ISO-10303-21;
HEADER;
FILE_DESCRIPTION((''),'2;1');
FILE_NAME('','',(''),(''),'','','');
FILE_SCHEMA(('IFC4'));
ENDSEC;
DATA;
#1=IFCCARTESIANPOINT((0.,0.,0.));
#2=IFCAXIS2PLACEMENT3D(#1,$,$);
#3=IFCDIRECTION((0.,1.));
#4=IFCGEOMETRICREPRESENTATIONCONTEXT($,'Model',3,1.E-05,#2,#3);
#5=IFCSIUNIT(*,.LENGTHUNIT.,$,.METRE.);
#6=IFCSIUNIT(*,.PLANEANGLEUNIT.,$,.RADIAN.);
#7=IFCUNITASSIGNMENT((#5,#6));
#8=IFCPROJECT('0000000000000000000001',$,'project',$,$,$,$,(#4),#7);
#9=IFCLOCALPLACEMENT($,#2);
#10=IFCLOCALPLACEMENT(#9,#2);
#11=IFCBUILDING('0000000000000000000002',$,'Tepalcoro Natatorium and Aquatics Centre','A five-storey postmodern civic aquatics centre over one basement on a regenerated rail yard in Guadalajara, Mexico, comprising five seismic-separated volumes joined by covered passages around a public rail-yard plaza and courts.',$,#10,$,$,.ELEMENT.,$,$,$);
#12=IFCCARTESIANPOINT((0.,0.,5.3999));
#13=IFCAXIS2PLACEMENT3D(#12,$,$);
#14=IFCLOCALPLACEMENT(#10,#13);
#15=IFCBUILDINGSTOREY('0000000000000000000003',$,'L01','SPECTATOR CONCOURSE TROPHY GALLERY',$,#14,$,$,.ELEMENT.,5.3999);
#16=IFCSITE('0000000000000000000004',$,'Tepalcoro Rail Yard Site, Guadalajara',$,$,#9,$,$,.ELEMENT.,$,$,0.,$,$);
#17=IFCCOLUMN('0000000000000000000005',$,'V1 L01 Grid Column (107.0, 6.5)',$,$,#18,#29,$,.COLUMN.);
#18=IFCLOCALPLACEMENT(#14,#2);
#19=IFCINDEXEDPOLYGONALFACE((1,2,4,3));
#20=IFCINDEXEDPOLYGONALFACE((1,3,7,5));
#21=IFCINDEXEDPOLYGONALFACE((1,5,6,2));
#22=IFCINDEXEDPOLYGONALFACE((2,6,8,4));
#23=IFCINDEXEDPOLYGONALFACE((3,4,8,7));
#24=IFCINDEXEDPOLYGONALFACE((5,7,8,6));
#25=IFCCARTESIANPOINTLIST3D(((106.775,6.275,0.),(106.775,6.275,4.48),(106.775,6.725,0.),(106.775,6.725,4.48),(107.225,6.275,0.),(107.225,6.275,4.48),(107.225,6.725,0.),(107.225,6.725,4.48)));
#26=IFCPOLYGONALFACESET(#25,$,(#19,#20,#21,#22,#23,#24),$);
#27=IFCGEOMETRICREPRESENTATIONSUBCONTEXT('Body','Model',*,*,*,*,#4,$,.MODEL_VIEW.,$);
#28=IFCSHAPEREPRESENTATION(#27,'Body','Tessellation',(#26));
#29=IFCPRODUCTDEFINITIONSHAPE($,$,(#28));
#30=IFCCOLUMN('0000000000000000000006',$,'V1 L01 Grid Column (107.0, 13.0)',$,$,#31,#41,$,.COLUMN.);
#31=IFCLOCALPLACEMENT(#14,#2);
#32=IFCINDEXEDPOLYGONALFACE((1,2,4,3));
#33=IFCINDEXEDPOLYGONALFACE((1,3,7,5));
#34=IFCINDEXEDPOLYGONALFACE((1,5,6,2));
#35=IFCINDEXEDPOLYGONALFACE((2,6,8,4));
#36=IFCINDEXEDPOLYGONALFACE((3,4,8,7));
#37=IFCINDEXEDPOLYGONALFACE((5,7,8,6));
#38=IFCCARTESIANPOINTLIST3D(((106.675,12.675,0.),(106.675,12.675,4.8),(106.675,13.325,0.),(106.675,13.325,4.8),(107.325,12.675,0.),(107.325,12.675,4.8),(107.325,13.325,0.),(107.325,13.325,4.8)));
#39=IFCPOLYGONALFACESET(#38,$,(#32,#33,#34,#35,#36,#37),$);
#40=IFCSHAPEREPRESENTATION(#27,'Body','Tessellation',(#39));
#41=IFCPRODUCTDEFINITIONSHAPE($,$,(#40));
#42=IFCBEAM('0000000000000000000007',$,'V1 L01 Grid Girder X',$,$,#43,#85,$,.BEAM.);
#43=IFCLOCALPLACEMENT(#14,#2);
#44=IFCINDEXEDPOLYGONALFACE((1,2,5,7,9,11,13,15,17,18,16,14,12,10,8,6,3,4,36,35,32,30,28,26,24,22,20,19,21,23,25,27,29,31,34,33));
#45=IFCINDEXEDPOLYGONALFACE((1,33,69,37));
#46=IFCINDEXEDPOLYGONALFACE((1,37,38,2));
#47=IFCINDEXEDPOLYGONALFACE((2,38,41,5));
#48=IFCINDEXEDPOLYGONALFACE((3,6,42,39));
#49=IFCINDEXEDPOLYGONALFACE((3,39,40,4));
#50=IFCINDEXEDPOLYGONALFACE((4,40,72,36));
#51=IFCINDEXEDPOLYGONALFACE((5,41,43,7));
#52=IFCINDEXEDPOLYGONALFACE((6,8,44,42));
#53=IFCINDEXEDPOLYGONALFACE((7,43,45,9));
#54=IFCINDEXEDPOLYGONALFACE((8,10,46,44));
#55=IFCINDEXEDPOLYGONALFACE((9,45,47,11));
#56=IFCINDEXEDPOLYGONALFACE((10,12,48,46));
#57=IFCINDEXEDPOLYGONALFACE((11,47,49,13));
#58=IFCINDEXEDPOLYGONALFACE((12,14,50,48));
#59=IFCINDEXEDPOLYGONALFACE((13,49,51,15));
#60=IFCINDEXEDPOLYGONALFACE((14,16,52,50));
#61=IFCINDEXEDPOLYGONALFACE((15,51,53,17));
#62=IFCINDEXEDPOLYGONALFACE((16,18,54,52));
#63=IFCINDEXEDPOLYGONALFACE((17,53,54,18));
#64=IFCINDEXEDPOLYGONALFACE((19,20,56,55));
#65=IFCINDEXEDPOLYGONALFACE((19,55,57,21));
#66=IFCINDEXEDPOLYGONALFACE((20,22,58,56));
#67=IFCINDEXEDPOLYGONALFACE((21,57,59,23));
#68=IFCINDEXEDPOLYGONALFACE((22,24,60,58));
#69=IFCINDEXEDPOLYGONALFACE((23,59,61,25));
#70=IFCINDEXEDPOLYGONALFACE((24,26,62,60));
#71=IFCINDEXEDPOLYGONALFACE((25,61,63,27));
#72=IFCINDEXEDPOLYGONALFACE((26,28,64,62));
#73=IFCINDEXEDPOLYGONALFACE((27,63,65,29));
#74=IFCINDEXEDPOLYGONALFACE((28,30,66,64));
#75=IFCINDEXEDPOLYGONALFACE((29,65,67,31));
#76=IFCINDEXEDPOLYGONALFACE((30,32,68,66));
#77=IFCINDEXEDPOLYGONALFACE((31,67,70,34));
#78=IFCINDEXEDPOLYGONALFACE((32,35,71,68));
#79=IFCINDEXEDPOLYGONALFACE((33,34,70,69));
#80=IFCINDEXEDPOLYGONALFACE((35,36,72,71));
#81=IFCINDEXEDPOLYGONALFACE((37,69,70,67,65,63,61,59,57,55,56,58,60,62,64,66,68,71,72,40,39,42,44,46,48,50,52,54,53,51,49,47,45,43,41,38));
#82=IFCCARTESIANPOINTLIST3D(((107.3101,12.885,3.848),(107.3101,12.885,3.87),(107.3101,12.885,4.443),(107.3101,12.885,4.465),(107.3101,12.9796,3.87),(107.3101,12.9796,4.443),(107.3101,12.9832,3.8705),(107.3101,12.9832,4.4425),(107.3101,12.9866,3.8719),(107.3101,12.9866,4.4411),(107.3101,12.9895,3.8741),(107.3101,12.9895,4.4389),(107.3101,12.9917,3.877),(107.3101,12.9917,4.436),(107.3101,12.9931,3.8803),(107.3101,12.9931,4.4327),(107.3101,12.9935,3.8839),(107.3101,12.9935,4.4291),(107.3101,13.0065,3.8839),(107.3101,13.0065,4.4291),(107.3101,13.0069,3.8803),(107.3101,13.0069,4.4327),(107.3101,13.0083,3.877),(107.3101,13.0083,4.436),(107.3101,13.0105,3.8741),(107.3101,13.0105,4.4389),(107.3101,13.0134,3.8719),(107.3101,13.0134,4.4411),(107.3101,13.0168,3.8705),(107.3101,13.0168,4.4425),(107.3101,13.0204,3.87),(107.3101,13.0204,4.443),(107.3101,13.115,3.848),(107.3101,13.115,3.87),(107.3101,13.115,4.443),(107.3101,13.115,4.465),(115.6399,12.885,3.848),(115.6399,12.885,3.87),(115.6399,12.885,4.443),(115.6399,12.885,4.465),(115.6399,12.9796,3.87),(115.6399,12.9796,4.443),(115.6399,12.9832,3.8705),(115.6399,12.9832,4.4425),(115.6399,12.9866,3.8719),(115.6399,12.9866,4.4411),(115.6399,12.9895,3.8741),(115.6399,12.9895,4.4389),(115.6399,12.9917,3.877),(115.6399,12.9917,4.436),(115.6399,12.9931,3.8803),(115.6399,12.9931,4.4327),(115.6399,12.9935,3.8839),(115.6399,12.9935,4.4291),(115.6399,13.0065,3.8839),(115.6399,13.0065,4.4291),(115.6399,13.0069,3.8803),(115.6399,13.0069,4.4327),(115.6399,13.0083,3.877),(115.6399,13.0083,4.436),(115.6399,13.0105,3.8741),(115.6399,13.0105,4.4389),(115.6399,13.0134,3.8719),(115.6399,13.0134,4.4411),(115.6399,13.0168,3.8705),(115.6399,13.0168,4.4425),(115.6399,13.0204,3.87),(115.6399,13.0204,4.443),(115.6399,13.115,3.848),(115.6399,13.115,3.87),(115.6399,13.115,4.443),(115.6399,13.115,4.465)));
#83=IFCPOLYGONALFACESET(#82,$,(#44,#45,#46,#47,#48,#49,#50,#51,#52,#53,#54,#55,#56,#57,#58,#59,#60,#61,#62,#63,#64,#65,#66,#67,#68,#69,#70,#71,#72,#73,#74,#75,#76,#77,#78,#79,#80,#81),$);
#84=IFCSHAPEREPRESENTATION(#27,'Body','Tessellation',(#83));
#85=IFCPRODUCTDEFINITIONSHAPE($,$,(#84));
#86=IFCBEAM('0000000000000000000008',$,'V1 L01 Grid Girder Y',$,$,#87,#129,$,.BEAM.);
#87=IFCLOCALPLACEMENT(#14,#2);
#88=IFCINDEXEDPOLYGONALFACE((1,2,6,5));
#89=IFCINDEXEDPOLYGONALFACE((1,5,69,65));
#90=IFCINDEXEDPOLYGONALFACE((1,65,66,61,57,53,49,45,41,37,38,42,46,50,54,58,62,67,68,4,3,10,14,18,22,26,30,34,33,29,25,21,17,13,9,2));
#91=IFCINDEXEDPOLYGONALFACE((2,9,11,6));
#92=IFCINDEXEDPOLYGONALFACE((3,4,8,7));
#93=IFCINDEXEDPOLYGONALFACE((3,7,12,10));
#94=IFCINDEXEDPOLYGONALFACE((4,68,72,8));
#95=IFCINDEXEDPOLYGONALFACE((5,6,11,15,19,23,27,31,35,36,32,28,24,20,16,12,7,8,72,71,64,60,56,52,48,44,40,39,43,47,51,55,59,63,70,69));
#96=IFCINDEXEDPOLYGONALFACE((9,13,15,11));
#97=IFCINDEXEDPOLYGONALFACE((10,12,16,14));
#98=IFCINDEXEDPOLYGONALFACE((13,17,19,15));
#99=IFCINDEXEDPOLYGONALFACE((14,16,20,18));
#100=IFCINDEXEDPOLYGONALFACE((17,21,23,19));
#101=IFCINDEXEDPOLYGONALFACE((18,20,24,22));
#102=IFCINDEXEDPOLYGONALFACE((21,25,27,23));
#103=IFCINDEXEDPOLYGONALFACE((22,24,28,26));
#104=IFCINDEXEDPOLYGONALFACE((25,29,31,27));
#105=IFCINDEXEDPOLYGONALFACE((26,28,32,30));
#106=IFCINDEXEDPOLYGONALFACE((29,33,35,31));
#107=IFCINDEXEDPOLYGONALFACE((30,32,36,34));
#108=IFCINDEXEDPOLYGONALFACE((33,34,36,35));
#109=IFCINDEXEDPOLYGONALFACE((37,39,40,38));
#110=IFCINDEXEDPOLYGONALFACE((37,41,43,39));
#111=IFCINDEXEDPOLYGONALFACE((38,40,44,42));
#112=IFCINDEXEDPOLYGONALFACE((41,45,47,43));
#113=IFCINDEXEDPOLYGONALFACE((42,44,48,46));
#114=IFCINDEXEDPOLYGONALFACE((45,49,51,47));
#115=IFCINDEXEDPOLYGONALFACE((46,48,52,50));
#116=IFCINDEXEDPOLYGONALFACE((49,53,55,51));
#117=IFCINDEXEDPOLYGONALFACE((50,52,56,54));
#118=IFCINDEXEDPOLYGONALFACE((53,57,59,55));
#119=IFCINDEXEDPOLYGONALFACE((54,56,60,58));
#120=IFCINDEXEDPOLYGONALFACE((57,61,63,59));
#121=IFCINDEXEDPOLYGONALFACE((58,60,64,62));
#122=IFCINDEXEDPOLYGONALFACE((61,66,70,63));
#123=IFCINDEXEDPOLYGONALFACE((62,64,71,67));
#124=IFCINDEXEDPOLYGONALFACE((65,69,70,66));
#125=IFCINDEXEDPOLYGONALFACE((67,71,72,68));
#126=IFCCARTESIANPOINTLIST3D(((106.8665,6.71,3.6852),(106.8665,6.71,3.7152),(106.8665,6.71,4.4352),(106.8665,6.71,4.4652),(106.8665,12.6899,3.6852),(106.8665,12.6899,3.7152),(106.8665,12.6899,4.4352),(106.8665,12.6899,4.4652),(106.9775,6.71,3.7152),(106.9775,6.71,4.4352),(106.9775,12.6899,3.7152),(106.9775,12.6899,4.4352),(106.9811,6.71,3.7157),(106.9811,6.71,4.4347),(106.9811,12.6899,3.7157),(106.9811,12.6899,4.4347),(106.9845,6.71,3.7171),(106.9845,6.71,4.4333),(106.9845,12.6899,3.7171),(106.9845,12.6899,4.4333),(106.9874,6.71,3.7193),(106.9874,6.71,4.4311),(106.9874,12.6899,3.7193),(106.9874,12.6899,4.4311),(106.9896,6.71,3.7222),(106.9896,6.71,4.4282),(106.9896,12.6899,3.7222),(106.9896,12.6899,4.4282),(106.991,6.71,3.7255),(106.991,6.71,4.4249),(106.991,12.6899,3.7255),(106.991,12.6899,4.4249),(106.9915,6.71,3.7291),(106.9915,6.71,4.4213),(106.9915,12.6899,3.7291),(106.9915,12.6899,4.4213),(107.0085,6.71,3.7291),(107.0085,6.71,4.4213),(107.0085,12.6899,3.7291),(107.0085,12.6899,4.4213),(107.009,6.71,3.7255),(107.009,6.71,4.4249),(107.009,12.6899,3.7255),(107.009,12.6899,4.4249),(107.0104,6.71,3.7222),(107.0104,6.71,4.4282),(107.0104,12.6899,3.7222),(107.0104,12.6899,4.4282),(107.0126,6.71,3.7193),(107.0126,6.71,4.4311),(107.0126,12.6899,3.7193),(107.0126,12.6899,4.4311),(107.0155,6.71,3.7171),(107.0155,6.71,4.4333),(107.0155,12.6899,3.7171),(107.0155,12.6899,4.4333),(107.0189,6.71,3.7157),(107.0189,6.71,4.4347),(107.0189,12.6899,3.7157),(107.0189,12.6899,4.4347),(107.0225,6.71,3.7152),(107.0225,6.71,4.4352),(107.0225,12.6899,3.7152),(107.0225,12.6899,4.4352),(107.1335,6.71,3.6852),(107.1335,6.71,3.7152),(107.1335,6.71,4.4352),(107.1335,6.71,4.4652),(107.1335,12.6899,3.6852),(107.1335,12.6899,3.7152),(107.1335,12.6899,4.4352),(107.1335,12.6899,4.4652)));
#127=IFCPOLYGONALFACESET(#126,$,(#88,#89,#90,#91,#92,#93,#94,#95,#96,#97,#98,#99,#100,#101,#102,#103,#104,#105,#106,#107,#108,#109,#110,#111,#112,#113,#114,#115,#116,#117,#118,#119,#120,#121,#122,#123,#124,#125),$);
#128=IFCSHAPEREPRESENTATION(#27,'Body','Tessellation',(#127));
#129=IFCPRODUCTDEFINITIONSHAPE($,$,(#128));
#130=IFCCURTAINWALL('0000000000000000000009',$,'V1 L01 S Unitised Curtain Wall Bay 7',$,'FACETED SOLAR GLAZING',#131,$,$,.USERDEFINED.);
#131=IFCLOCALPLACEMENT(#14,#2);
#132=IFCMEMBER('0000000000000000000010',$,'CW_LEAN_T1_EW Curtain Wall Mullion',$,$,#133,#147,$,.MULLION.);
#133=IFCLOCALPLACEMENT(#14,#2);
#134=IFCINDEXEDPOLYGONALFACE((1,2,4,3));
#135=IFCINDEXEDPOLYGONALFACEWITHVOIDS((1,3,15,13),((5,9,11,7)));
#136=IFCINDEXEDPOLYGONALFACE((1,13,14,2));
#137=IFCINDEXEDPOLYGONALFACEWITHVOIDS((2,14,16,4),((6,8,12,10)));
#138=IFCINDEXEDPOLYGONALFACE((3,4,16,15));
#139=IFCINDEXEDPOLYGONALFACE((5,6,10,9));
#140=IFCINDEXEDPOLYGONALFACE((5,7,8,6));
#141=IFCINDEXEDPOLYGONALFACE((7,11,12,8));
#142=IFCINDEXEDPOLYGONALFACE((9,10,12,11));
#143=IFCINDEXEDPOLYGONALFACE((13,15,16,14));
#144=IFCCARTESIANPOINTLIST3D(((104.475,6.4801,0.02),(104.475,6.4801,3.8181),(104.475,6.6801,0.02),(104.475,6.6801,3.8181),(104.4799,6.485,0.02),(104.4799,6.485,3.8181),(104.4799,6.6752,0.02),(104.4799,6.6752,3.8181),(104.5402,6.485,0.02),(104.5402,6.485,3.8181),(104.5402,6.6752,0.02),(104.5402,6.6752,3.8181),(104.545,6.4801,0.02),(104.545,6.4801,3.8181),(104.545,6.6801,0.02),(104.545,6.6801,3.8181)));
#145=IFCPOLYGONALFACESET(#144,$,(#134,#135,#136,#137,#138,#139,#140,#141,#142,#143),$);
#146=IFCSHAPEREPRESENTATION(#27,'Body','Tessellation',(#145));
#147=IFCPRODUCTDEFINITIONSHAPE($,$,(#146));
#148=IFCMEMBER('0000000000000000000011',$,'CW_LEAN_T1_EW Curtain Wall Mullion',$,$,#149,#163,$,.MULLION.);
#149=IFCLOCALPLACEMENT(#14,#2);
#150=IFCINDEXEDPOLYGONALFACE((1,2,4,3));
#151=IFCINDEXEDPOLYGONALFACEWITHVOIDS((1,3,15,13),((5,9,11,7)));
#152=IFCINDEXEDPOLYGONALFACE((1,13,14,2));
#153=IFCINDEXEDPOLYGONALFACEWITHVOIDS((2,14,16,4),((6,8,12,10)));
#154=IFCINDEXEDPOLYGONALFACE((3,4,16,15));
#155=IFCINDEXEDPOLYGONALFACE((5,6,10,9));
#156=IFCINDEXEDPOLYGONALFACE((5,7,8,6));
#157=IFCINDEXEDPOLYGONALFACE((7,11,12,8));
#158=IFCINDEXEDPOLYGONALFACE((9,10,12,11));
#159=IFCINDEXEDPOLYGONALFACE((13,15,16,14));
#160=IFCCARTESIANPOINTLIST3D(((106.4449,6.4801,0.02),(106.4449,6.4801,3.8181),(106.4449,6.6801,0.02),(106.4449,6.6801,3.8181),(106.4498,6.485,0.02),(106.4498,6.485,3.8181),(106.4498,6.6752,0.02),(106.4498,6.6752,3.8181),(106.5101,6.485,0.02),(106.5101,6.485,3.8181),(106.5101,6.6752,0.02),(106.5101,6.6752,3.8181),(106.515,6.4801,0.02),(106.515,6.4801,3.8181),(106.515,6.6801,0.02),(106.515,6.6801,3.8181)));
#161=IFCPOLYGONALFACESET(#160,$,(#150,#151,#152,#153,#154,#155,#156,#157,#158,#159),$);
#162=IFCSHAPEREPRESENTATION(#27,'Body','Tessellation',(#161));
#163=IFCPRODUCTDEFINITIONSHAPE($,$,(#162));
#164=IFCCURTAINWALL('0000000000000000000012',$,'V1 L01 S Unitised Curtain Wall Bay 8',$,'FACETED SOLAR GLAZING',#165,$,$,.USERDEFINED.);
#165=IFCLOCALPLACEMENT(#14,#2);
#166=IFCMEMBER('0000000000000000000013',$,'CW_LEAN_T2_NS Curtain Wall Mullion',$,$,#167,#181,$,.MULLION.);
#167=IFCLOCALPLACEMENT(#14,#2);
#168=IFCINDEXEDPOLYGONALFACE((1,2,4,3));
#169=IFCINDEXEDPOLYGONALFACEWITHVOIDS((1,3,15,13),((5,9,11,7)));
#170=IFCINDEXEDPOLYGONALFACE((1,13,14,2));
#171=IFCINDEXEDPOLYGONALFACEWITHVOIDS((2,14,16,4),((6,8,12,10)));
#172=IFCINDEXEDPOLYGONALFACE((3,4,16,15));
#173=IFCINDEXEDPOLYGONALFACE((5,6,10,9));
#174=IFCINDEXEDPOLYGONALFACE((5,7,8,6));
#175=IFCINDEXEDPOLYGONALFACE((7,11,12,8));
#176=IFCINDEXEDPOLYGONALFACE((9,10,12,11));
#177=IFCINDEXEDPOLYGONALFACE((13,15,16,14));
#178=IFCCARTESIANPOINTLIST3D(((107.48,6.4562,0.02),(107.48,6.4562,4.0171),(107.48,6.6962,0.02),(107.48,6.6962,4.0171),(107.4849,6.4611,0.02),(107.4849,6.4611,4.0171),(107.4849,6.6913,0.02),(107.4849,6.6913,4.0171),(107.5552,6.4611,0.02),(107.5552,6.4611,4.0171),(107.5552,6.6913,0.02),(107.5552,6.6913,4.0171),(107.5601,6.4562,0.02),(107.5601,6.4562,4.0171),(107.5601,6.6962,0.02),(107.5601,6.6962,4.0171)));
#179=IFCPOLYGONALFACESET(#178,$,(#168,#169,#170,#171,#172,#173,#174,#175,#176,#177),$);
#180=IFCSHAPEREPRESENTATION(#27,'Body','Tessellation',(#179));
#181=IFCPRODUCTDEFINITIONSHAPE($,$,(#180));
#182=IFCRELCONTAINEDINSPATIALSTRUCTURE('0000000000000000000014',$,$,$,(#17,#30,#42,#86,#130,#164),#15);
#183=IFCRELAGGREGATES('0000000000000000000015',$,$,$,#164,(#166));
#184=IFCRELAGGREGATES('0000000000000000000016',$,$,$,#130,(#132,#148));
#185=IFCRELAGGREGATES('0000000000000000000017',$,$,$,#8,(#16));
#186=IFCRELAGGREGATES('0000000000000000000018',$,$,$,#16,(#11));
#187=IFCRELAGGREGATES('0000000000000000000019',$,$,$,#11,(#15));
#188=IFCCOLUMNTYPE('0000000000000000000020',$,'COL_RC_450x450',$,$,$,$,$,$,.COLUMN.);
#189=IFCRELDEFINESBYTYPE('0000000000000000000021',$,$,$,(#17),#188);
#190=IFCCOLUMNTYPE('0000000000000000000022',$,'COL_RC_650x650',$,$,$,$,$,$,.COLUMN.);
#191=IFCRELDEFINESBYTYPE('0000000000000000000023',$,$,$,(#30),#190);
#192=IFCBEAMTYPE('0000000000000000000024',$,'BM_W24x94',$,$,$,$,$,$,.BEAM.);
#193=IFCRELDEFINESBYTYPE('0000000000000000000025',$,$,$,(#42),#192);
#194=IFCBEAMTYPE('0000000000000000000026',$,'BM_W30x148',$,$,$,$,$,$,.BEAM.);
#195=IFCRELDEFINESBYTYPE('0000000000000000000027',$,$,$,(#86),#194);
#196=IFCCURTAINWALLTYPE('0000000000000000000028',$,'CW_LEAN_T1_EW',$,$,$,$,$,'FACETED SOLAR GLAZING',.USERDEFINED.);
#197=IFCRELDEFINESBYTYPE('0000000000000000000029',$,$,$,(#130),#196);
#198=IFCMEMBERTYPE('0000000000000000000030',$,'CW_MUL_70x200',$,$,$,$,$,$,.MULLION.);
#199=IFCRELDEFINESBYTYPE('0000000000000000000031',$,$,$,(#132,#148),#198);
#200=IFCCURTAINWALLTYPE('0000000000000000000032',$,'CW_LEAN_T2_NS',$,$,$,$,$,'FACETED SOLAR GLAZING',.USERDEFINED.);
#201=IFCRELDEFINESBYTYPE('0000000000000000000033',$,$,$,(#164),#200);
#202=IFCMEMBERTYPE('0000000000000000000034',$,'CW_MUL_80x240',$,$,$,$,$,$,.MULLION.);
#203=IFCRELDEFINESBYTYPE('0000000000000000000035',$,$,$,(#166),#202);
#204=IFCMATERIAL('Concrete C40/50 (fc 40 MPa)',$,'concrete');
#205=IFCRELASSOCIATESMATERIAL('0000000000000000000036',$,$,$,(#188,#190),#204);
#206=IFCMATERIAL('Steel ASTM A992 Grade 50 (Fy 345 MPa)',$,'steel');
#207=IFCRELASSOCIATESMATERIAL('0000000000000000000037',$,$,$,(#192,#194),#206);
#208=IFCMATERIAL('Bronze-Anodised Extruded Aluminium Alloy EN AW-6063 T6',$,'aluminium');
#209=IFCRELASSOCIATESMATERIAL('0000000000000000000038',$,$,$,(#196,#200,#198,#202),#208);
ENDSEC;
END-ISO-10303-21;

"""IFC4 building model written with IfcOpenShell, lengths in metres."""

from ifc_helpers import new_model, si_unit, direction, frame, origin, origin_2d, place, context, subcontext, project, spatial, rectangle, hollow_rectangle, i_section, extrude, material, material_profile, profile_set, type_object, element, aggregate, save


model = new_model("IFC4")

# Units and contexts
model_context = context("Model", 3, precision=1e-05, world=origin(), true_north=direction((0.0, 1.0)))
body_context = subcontext(model_context, "Body", "Model", "MODEL_VIEW")
ifc_project = project(units=[si_unit("LENGTHUNIT", "METRE"), si_unit("PLANEANGLEUNIT", "RADIAN")], contexts=[model_context])

# Site, building, storey
site_placement = place(None, origin())
site = spatial("IfcSite", under=ifc_project, at=site_placement, Name="Tepalcoro Rail Yard Site, Guadalajara", CompositionType="ELEMENT", RefElevation=0.0)
building_placement = place(site_placement, origin())
building = spatial("IfcBuilding", under=site, at=building_placement, Name="Tepalcoro Natatorium and Aquatics Centre", Description="A five-storey postmodern civic aquatics centre over one basement on a regenerated rail yard in Guadalajara, Mexico, comprising five seismic-separated volumes joined by covered passages around a public rail-yard plaza and courts.", CompositionType="ELEMENT")
storey_placement = place(building_placement, frame((0.0, 0.0, 5.3999)))
storey = spatial("IfcBuildingStorey", under=building, at=storey_placement, Name="L01", Description="SPECTATOR CONCOURSE TROPHY GALLERY", CompositionType="ELEMENT", Elevation=5.3999)

# Columns
ifc_material_1 = material(Name="Concrete C40/50 (fc 40 MPa)", Category="concrete")
ifc_material_profile_1 = material_profile(ifc_material_1, rectangle(XDim=0.45, YDim=0.45, at=origin_2d()), Name="RC450x450")
ifc_profile_set_1 = profile_set([ifc_material_profile_1], Name="Concrete C40/50 (fc 40 MPa)")
column_type_1 = type_object("IfcColumnType", Name="COL_RC_450x450", PredefinedType="COLUMN", material=ifc_profile_set_1)
column_1_placement = place(storey_placement, frame((107.0, 6.5, 0.0), z_axis=(0.0, 0.0, 1.0), x_axis=(1.0, 0.0, 0.0)))
element("IfcColumn", 1, at=column_1_placement, inside=storey, type_object=column_type_1, Name="V1 L01 Grid Column (107.0, 6.5)", PredefinedType="COLUMN", context=body_context, shape_type="SweptSolid", body=[
    extrude(rectangle(XDim=0.45, YDim=0.45, at=origin_2d()), origin(), (0.0, 0.0, 1.0), 4.48),
])
ifc_material_profile_2 = material_profile(ifc_material_1, rectangle(XDim=0.6499, YDim=0.6499, at=origin_2d()), Name="RC650x650")
ifc_profile_set_2 = profile_set([ifc_material_profile_2], Name="Concrete C40/50 (fc 40 MPa)")
column_type_2 = type_object("IfcColumnType", Name="COL_RC_650x650", PredefinedType="COLUMN", material=ifc_profile_set_2)
column_2_placement = place(storey_placement, frame((107.0, 13.0, 0.0), z_axis=(0.0, 0.0, 1.0), x_axis=(1.0, 0.0, 0.0)))
element("IfcColumn", 2, at=column_2_placement, inside=storey, type_object=column_type_2, Name="V1 L01 Grid Column (107.0, 13.0)", PredefinedType="COLUMN", context=body_context, shape_type="SweptSolid", body=[
    extrude(rectangle(XDim=0.6499, YDim=0.6499, at=origin_2d()), origin(), (0.0, 0.0, 1.0), 4.8),
])

# Beams
ifc_material_2 = material(Name="Steel ASTM A992 Grade 50 (Fy 345 MPa)", Category="steel")
ifc_material_profile_3 = material_profile(ifc_material_2, i_section(OverallWidth=0.23, OverallDepth=0.6169, WebThickness=0.0129, FlangeThickness=0.022, FilletRadius=0.0139, at=origin_2d()), Name="W24X94")
ifc_profile_set_3 = profile_set([ifc_material_profile_3], Name="Steel ASTM A992 Grade 50 (Fy 345 MPa)")
beam_type_1 = type_object("IfcBeamType", Name="BM_W24x94", PredefinedType="BEAM", material=ifc_profile_set_3)
beam_1_placement = place(storey_placement, frame((107.3101, 13.0, 4.1565), z_axis=(1.0, 0.0, 0.0), x_axis=(0.0, 1.0, 0.0)))
element("IfcBeam", 3, at=beam_1_placement, inside=storey, type_object=beam_type_1, Name="V1 L01 Grid Girder X", PredefinedType="BEAM", context=body_context, shape_type="SweptSolid", body=[
    extrude(i_section(OverallWidth=0.23, OverallDepth=0.6169, WebThickness=0.0129, FlangeThickness=0.022, FilletRadius=0.0139, at=origin_2d()), origin(), (0.0, 0.0, 1.0), 8.3298),
])
ifc_material_profile_4 = material_profile(ifc_material_2, i_section(OverallWidth=0.2671, OverallDepth=0.78, WebThickness=0.0171, FlangeThickness=0.03, FilletRadius=0.0139, at=origin_2d()), Name="W30X148")
ifc_profile_set_4 = profile_set([ifc_material_profile_4], Name="Steel ASTM A992 Grade 50 (Fy 345 MPa)")
beam_type_2 = type_object("IfcBeamType", Name="BM_W30x148", PredefinedType="BEAM", material=ifc_profile_set_4)
beam_2_placement = place(storey_placement, frame((107.0, 6.71, 4.0752), z_axis=(0.0, 1.0, 0.0), x_axis=(-1.0, 0.0, 0.0)))
element("IfcBeam", 4, at=beam_2_placement, inside=storey, type_object=beam_type_2, Name="V1 L01 Grid Girder Y", PredefinedType="BEAM", context=body_context, shape_type="SweptSolid", body=[
    extrude(i_section(OverallWidth=0.2671, OverallDepth=0.78, WebThickness=0.0171, FlangeThickness=0.03, FilletRadius=0.0139, at=origin_2d()), origin(), (0.0, 0.0, 1.0), 5.98),
])

# Curtain walls, members
ifc_material_3 = material(Name="Bronze-Anodised Extruded Aluminium Alloy EN AW-6063 T6", Category="aluminium")
curtain_wall_type_1 = type_object("IfcCurtainWallType", Name="CW_LEAN_T1_EW", ElementType="FACETED SOLAR GLAZING", PredefinedType="USERDEFINED", material=ifc_material_3)
curtain_wall_1_placement = place(storey_placement, origin())
curtain_wall_1 = element("IfcCurtainWall", 5, at=curtain_wall_1_placement, inside=storey, type_object=curtain_wall_type_1, Name="V1 L01 S Unitised Curtain Wall Bay 7", ObjectType="FACETED SOLAR GLAZING", PredefinedType="USERDEFINED")
ifc_material_profile_5 = material_profile(ifc_material_3, hollow_rectangle(XDim=0.0701, YDim=0.2, WallThickness=0.0049, at=origin_2d()), Name="AL70X200X5")
ifc_profile_set_5 = profile_set([ifc_material_profile_5], Name="Bronze-Anodised Extruded Aluminium Alloy EN AW-6063 T6")
member_type_1 = type_object("IfcMemberType", Name="CW_MUL_70x200", PredefinedType="MULLION", material=ifc_profile_set_5)
member_1_placement = place(storey_placement, frame((104.51, 6.5801, 0.02), z_axis=(0.0, 0.0, 1.0), x_axis=(1.0, 0.0, 0.0)))
member_1 = element("IfcMember", 6, at=member_1_placement, type_object=member_type_1, Name="CW_LEAN_T1_EW Curtain Wall Mullion", PredefinedType="MULLION", context=body_context, shape_type="SweptSolid", body=[
    extrude(hollow_rectangle(XDim=0.0701, YDim=0.2, WallThickness=0.0049, at=origin_2d()), origin(), (0.0, 0.0, 1.0), 3.7981),
])
member_2_placement = place(storey_placement, frame((106.48, 6.5801, 0.02), z_axis=(0.0, 0.0, 1.0), x_axis=(1.0, 0.0, 0.0)))
member_2 = element("IfcMember", 7, at=member_2_placement, type_object=member_type_1, Name="CW_LEAN_T1_EW Curtain Wall Mullion", PredefinedType="MULLION", context=body_context, shape_type="SweptSolid", body=[
    extrude(hollow_rectangle(XDim=0.0701, YDim=0.2, WallThickness=0.0049, at=origin_2d()), origin(), (0.0, 0.0, 1.0), 3.7981),
])
curtain_wall_type_2 = type_object("IfcCurtainWallType", Name="CW_LEAN_T2_NS", ElementType="FACETED SOLAR GLAZING", PredefinedType="USERDEFINED", material=ifc_material_3)
curtain_wall_2_placement = place(storey_placement, origin())
curtain_wall_2 = element("IfcCurtainWall", 8, at=curtain_wall_2_placement, inside=storey, type_object=curtain_wall_type_2, Name="V1 L01 S Unitised Curtain Wall Bay 8", ObjectType="FACETED SOLAR GLAZING", PredefinedType="USERDEFINED")
ifc_material_profile_6 = material_profile(ifc_material_3, hollow_rectangle(XDim=0.0801, YDim=0.24, WallThickness=0.0049, at=origin_2d()), Name="AL80X240X5")
ifc_profile_set_6 = profile_set([ifc_material_profile_6], Name="Bronze-Anodised Extruded Aluminium Alloy EN AW-6063 T6")
member_type_2 = type_object("IfcMemberType", Name="CW_MUL_80x240", PredefinedType="MULLION", material=ifc_profile_set_6)
member_3_placement = place(storey_placement, frame((107.52, 6.5762, 0.02), z_axis=(0.0, 0.0, 1.0), x_axis=(1.0, 0.0, 0.0)))
member_3 = element("IfcMember", 9, at=member_3_placement, type_object=member_type_2, Name="CW_LEAN_T2_NS Curtain Wall Mullion", PredefinedType="MULLION", context=body_context, shape_type="SweptSolid", body=[
    extrude(hollow_rectangle(XDim=0.0801, YDim=0.24, WallThickness=0.0049, at=origin_2d()), origin(), (0.0, 0.0, 1.0), 3.9971),
])

aggregate(curtain_wall_2, [member_3])
aggregate(curtain_wall_1, [member_1, member_2])

save(model, "model.ifc")
